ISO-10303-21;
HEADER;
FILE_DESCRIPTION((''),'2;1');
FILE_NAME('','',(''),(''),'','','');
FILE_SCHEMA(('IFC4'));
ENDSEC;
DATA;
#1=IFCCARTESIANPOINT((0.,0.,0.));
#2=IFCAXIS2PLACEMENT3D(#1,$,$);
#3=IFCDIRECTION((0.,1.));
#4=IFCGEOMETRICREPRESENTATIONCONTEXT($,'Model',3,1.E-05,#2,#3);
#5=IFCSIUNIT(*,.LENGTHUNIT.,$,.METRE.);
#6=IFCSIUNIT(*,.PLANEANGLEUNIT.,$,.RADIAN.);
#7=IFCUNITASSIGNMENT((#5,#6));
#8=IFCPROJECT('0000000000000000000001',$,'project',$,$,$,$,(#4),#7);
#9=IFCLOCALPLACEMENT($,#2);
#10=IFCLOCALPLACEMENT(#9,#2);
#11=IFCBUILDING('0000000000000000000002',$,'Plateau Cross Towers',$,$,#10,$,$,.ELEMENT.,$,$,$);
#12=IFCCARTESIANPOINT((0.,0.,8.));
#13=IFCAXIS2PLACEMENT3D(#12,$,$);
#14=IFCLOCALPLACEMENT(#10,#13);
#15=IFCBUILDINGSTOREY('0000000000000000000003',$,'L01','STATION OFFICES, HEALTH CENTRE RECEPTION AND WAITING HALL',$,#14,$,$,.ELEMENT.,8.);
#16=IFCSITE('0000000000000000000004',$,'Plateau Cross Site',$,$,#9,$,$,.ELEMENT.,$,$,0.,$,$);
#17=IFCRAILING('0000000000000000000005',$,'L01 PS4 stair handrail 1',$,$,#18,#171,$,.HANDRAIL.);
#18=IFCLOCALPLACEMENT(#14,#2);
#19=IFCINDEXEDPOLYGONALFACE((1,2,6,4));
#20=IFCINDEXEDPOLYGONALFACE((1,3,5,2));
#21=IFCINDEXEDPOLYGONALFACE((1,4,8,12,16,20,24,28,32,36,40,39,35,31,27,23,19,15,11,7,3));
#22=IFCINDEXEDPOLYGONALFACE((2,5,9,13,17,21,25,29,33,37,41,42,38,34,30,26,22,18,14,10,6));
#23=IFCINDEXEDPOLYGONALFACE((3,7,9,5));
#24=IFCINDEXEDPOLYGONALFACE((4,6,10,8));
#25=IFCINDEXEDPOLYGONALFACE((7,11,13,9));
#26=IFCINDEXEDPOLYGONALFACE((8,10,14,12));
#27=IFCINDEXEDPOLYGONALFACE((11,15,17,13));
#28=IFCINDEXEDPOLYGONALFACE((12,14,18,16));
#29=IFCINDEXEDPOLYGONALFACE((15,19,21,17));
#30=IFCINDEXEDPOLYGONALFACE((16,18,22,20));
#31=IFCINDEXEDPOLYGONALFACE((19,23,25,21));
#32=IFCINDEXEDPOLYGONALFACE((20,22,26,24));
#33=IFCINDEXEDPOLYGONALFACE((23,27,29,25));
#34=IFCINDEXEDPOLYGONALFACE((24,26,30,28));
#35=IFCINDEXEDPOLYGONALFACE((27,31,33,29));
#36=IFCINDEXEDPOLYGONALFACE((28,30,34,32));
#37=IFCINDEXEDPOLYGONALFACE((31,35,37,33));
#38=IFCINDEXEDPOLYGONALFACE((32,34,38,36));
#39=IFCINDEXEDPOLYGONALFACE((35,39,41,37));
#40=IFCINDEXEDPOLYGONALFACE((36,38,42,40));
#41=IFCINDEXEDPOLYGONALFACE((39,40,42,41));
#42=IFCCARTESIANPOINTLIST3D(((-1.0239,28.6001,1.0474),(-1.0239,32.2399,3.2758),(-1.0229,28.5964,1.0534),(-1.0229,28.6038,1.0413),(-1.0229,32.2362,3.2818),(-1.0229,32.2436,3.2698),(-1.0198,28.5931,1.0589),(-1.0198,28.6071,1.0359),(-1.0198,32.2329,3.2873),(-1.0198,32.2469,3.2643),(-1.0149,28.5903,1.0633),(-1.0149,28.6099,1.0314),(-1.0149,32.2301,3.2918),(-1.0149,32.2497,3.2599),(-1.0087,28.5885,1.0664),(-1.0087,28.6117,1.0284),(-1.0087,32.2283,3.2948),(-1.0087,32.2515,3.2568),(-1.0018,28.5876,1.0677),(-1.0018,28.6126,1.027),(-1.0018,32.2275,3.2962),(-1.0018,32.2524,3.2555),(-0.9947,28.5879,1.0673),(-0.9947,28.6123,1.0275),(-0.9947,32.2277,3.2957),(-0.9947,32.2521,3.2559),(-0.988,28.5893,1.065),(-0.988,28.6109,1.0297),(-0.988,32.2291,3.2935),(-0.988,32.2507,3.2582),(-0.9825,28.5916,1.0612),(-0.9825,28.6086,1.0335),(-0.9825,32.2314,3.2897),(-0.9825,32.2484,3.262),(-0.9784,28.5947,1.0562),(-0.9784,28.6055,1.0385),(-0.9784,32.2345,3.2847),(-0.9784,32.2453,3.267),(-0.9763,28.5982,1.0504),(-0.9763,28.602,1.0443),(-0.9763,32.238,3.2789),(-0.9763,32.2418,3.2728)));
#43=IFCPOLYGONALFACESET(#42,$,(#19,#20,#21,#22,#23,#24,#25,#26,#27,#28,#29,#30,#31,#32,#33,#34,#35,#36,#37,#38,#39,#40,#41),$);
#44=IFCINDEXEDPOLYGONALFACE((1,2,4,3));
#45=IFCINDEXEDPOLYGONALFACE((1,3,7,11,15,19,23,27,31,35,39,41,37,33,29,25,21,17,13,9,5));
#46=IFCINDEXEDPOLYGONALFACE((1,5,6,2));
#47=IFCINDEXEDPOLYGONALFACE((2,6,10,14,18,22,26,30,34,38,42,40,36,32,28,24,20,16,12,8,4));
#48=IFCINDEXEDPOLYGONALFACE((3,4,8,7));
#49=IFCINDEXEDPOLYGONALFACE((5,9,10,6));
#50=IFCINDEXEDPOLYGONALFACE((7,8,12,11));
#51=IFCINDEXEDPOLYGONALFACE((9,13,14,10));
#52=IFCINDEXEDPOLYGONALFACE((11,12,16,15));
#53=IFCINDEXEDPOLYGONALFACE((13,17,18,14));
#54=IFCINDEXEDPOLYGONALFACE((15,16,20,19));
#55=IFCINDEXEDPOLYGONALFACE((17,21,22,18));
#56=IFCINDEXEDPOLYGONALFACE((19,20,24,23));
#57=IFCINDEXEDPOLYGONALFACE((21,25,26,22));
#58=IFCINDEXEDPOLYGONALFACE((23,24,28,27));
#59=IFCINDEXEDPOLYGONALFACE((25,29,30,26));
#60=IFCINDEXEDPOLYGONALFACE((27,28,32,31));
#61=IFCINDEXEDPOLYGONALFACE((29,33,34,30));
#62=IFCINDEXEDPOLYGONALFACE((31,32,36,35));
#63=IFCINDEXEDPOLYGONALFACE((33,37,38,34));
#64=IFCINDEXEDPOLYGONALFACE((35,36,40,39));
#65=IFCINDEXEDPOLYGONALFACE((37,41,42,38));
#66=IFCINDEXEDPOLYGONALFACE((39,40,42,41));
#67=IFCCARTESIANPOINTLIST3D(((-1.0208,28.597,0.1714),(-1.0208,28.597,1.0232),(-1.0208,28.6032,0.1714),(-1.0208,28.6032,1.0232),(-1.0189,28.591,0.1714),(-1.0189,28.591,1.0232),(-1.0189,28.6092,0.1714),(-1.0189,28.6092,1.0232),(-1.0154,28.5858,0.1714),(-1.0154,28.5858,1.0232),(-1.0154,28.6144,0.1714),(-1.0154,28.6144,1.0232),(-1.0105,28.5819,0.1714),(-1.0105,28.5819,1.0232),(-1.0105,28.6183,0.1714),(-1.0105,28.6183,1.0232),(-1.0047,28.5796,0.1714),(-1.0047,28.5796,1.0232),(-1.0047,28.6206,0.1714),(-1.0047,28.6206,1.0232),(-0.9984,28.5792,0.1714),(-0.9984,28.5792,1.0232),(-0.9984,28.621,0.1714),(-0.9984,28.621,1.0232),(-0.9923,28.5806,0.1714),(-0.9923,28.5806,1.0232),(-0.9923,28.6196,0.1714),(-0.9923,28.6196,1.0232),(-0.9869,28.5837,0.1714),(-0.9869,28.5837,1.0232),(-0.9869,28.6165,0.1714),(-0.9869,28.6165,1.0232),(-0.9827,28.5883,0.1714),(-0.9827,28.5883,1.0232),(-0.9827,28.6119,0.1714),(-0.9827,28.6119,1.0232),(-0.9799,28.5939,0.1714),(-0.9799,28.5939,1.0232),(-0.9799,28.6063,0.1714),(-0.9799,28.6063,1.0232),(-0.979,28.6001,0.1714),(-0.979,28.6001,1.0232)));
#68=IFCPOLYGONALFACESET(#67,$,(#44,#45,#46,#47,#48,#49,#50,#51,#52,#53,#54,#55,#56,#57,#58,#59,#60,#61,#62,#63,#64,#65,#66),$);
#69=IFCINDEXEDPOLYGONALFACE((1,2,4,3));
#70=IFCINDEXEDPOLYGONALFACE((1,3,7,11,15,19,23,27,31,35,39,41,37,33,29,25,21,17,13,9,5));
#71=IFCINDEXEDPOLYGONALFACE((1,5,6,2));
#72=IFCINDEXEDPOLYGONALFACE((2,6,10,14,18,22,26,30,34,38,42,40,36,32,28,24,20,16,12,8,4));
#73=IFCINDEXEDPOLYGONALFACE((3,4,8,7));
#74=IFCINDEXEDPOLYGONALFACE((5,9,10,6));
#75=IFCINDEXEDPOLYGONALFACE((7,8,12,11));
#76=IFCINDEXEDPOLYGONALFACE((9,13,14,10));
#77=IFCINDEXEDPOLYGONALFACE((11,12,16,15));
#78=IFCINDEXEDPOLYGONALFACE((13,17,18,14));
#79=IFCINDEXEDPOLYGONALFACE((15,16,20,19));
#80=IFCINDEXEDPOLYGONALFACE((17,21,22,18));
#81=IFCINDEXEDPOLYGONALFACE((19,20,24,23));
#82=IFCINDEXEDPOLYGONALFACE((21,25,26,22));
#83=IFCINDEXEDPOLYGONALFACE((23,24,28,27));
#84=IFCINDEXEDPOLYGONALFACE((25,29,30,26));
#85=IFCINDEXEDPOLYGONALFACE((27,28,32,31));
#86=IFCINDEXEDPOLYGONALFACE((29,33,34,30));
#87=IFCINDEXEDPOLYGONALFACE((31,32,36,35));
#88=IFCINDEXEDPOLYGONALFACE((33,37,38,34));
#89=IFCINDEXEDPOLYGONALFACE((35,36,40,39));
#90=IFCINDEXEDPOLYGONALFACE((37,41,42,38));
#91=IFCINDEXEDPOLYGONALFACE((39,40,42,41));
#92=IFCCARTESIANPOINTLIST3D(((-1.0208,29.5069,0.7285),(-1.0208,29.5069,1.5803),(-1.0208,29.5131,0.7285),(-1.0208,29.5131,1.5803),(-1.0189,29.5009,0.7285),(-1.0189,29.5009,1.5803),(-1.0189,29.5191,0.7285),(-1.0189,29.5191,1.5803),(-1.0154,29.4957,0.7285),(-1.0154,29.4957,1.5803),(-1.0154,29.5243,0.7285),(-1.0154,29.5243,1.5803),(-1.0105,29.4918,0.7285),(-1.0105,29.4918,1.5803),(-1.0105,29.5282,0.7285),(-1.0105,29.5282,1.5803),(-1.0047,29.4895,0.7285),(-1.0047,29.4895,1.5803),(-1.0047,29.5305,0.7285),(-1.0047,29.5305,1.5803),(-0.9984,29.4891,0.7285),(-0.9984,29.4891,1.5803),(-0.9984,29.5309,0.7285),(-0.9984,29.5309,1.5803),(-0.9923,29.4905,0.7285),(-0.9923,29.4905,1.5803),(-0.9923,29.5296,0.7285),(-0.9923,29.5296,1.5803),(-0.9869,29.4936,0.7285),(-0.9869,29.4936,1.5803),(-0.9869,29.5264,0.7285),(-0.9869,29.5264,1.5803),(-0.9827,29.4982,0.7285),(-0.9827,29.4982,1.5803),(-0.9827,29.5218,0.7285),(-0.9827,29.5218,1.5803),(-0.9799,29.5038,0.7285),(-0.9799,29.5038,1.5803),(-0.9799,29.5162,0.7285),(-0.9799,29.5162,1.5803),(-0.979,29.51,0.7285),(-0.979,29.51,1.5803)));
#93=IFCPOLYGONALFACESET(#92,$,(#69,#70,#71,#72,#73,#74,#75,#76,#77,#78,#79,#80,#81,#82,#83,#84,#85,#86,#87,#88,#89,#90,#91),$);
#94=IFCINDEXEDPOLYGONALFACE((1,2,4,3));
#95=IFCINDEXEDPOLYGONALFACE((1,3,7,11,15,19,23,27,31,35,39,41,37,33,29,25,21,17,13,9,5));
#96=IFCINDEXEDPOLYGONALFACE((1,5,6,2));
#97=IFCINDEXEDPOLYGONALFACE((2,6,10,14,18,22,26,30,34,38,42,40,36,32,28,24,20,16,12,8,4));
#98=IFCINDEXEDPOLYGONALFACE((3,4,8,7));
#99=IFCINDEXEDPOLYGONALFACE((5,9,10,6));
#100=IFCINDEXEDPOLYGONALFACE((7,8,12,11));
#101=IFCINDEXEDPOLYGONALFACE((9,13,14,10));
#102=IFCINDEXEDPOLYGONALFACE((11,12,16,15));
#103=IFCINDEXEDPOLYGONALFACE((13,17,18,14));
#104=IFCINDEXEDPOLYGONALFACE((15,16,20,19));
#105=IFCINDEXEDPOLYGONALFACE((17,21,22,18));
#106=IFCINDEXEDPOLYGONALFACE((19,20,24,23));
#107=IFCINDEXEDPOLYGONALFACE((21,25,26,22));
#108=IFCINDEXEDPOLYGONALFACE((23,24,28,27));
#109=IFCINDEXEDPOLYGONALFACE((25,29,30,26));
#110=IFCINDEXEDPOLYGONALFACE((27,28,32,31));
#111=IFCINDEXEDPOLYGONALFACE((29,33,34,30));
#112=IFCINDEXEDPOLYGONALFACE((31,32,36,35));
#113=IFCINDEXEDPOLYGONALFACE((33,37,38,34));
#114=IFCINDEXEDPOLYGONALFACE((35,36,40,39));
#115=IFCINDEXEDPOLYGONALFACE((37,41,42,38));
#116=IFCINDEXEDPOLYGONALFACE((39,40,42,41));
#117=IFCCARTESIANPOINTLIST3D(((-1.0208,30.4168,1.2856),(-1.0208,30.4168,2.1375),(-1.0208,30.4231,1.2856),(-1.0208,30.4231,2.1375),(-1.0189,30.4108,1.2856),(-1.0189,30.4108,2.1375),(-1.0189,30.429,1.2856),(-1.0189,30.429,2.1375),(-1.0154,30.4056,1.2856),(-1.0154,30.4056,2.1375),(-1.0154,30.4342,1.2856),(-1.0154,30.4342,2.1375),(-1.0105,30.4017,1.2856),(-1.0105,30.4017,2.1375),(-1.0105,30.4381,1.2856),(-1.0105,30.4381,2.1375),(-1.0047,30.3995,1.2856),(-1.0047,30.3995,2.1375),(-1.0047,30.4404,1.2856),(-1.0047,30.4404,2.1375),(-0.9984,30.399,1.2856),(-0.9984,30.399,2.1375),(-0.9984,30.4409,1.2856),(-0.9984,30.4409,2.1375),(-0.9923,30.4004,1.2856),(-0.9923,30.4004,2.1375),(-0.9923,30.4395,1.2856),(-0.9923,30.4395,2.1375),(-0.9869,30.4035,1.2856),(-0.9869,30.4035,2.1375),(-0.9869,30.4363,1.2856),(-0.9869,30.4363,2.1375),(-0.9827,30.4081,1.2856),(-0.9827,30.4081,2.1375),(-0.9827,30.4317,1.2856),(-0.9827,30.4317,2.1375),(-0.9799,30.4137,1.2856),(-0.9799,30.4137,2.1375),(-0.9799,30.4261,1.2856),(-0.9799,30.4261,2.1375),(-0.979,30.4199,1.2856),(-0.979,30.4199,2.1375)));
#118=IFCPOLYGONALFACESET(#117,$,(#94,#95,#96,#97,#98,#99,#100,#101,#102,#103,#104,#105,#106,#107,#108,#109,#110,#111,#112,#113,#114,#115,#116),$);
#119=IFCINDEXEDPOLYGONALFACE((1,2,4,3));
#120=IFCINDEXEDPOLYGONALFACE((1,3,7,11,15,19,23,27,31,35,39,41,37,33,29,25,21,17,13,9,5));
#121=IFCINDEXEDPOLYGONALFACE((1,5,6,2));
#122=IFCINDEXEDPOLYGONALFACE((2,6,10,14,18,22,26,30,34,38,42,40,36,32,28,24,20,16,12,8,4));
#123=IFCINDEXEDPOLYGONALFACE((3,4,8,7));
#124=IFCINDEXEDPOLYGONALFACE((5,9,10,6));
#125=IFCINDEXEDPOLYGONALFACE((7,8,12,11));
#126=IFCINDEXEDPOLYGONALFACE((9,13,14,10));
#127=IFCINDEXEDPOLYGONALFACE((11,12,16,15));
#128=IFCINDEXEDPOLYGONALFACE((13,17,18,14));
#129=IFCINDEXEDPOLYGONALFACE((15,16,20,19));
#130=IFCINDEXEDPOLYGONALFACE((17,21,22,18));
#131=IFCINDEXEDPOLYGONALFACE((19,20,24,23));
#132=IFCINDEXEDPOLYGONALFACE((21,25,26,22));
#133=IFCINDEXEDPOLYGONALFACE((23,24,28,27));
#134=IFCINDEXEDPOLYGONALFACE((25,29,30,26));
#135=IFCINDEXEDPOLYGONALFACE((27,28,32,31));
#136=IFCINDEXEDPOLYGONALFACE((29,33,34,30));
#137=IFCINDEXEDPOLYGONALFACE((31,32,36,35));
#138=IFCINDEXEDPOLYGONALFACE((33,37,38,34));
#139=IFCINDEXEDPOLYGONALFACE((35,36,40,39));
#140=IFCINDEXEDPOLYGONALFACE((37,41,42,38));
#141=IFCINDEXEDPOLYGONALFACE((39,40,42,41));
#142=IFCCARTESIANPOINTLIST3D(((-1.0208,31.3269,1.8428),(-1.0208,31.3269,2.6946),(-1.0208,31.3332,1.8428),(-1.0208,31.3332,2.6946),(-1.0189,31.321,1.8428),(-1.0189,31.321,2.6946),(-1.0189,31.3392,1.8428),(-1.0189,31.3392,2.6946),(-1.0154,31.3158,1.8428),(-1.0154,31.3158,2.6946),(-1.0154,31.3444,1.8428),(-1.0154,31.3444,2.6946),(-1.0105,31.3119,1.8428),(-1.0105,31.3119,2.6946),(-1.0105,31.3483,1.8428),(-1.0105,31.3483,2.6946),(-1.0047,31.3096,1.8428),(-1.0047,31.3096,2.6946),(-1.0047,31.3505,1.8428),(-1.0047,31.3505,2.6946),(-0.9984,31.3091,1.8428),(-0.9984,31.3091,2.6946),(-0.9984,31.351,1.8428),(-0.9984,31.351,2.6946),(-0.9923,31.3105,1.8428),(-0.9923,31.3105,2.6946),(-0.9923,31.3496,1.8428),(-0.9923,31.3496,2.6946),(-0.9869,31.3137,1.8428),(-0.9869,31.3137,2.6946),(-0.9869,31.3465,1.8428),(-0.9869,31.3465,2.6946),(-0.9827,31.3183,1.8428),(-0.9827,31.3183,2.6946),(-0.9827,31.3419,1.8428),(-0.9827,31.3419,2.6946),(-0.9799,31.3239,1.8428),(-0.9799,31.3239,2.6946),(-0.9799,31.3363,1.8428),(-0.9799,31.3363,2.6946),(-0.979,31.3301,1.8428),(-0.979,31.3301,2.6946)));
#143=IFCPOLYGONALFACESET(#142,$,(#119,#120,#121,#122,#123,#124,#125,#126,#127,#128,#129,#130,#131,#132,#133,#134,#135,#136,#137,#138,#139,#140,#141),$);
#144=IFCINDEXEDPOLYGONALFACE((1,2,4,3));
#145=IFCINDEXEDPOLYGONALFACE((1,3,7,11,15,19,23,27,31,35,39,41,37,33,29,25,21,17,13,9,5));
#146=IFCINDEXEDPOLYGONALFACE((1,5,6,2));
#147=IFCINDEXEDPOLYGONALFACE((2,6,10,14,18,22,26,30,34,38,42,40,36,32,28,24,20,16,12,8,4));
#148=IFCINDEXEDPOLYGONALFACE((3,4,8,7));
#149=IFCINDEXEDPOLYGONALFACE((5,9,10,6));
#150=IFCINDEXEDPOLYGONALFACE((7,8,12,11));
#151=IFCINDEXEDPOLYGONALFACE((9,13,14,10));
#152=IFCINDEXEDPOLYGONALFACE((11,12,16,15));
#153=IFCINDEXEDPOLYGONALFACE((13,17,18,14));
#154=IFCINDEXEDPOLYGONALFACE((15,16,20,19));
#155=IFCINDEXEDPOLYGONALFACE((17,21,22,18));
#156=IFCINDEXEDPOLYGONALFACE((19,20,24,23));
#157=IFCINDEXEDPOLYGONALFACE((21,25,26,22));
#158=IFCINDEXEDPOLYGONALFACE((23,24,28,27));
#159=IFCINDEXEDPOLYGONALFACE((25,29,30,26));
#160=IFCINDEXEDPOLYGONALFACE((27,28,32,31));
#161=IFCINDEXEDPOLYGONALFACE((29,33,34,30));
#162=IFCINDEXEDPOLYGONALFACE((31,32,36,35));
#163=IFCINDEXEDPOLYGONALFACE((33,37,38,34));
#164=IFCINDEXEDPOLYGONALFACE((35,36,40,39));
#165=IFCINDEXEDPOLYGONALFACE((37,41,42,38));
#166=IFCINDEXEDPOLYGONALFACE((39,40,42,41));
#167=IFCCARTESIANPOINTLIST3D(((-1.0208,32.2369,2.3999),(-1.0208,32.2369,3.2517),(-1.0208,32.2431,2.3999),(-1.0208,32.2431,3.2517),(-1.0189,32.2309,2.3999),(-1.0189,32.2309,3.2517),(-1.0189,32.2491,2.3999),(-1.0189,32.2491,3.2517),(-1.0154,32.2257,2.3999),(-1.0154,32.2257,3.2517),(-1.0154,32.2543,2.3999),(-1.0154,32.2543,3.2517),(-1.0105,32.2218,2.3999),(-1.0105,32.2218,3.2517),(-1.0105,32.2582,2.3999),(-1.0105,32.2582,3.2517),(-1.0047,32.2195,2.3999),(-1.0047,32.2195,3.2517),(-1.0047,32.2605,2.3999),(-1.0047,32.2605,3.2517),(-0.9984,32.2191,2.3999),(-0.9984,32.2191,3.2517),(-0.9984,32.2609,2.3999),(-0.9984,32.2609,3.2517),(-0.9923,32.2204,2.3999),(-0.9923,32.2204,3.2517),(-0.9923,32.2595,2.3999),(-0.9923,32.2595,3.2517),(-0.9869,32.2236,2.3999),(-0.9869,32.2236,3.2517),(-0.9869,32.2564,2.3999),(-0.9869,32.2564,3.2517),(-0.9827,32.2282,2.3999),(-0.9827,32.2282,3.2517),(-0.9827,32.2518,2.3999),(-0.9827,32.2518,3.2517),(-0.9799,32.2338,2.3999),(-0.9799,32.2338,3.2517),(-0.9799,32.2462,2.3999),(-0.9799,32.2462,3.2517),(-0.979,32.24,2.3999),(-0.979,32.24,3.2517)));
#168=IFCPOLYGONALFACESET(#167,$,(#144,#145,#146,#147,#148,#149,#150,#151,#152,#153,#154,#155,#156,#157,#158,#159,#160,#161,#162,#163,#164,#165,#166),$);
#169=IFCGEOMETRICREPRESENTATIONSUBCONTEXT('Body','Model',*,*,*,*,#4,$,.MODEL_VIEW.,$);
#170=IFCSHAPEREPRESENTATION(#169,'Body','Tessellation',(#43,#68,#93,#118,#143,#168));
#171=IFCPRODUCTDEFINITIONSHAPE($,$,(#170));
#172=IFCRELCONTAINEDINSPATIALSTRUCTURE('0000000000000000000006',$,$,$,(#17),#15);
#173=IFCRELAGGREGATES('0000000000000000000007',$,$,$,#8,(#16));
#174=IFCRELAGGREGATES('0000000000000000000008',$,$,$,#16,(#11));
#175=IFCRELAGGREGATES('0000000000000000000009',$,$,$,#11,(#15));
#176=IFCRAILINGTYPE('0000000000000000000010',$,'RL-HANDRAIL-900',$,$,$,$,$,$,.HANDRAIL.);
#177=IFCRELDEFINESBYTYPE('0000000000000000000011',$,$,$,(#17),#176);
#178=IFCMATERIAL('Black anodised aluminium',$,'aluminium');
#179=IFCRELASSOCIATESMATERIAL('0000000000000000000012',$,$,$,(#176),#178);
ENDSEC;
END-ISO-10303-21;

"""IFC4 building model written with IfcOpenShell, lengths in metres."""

from ifc_helpers import new_model, si_unit, direction, frame, origin, origin_2d, place, context, subcontext, project, spatial, circle, extrude, material, type_object, element, save


model = new_model("IFC4")

# Units and contexts
model_context = context("Model", 3, precision=1e-05, world=origin(), true_north=direction((0.0, 1.0)))
body_context = subcontext(model_context, "Body", "Model", "MODEL_VIEW")
ifc_project = project(units=[si_unit("LENGTHUNIT", "METRE"), si_unit("PLANEANGLEUNIT", "RADIAN")], contexts=[model_context])

# Site, building, storey
site_placement = place(None, origin())
site = spatial("IfcSite", under=ifc_project, at=site_placement, Name="Plateau Cross Site", CompositionType="ELEMENT", RefElevation=0.0)
building_placement = place(site_placement, origin())
building = spatial("IfcBuilding", under=site, at=building_placement, Name="Plateau Cross Towers", CompositionType="ELEMENT")
storey_placement = place(building_placement, frame((0.0, 0.0, 8.0)))
storey = spatial("IfcBuildingStorey", under=building, at=storey_placement, Name="L01", Description="STATION OFFICES, HEALTH CENTRE RECEPTION AND WAITING HALL", CompositionType="ELEMENT", Elevation=8.0)

# Shared definitions
ifc_material_1 = material(Name="Black anodised aluminium", Category="aluminium")

# Railing
railing_type_1 = type_object("IfcRailingType", Name="RL-HANDRAIL-900", PredefinedType="HANDRAIL", material=ifc_material_1)
railing_1_placement = place(storey_placement, frame((-1.0, 28.6001, 0.1714)))
element("IfcRailing", 1, at=railing_1_placement, inside=storey, type_object=railing_type_1, Name="L01 PS4 stair handrail 1", PredefinedType="HANDRAIL", context=body_context, shape_type="SweptSolid", body=[
    extrude(circle(Radius=0.0239, at=origin_2d()), frame((0.0, 0.0, 0.876), z_axis=(0.0, 0.85285, 0.522156), x_axis=(-1.0, 0.0, 0.0)), (0.0, 0.0, 1.0), 4.2678),
    extrude(circle(Radius=0.021, at=origin_2d()), origin(), (0.0, 0.0, 1.0), 0.8518),
    extrude(circle(Radius=0.021, at=origin_2d()), frame((0.0, 0.9099, 0.5571)), (0.0, 0.0, 1.0), 0.8518),
    extrude(circle(Radius=0.021, at=origin_2d()), frame((0.0, 1.8198, 1.1143)), (0.0, 0.0, 1.0), 0.8518),
    extrude(circle(Radius=0.021, at=origin_2d()), frame((0.0, 2.73, 1.6714)), (0.0, 0.0, 1.0), 0.8518),
    extrude(circle(Radius=0.021, at=origin_2d()), frame((0.0, 3.6399, 2.2285)), (0.0, 0.0, 1.0), 0.8518),
])

save(model, "model.ifc")
